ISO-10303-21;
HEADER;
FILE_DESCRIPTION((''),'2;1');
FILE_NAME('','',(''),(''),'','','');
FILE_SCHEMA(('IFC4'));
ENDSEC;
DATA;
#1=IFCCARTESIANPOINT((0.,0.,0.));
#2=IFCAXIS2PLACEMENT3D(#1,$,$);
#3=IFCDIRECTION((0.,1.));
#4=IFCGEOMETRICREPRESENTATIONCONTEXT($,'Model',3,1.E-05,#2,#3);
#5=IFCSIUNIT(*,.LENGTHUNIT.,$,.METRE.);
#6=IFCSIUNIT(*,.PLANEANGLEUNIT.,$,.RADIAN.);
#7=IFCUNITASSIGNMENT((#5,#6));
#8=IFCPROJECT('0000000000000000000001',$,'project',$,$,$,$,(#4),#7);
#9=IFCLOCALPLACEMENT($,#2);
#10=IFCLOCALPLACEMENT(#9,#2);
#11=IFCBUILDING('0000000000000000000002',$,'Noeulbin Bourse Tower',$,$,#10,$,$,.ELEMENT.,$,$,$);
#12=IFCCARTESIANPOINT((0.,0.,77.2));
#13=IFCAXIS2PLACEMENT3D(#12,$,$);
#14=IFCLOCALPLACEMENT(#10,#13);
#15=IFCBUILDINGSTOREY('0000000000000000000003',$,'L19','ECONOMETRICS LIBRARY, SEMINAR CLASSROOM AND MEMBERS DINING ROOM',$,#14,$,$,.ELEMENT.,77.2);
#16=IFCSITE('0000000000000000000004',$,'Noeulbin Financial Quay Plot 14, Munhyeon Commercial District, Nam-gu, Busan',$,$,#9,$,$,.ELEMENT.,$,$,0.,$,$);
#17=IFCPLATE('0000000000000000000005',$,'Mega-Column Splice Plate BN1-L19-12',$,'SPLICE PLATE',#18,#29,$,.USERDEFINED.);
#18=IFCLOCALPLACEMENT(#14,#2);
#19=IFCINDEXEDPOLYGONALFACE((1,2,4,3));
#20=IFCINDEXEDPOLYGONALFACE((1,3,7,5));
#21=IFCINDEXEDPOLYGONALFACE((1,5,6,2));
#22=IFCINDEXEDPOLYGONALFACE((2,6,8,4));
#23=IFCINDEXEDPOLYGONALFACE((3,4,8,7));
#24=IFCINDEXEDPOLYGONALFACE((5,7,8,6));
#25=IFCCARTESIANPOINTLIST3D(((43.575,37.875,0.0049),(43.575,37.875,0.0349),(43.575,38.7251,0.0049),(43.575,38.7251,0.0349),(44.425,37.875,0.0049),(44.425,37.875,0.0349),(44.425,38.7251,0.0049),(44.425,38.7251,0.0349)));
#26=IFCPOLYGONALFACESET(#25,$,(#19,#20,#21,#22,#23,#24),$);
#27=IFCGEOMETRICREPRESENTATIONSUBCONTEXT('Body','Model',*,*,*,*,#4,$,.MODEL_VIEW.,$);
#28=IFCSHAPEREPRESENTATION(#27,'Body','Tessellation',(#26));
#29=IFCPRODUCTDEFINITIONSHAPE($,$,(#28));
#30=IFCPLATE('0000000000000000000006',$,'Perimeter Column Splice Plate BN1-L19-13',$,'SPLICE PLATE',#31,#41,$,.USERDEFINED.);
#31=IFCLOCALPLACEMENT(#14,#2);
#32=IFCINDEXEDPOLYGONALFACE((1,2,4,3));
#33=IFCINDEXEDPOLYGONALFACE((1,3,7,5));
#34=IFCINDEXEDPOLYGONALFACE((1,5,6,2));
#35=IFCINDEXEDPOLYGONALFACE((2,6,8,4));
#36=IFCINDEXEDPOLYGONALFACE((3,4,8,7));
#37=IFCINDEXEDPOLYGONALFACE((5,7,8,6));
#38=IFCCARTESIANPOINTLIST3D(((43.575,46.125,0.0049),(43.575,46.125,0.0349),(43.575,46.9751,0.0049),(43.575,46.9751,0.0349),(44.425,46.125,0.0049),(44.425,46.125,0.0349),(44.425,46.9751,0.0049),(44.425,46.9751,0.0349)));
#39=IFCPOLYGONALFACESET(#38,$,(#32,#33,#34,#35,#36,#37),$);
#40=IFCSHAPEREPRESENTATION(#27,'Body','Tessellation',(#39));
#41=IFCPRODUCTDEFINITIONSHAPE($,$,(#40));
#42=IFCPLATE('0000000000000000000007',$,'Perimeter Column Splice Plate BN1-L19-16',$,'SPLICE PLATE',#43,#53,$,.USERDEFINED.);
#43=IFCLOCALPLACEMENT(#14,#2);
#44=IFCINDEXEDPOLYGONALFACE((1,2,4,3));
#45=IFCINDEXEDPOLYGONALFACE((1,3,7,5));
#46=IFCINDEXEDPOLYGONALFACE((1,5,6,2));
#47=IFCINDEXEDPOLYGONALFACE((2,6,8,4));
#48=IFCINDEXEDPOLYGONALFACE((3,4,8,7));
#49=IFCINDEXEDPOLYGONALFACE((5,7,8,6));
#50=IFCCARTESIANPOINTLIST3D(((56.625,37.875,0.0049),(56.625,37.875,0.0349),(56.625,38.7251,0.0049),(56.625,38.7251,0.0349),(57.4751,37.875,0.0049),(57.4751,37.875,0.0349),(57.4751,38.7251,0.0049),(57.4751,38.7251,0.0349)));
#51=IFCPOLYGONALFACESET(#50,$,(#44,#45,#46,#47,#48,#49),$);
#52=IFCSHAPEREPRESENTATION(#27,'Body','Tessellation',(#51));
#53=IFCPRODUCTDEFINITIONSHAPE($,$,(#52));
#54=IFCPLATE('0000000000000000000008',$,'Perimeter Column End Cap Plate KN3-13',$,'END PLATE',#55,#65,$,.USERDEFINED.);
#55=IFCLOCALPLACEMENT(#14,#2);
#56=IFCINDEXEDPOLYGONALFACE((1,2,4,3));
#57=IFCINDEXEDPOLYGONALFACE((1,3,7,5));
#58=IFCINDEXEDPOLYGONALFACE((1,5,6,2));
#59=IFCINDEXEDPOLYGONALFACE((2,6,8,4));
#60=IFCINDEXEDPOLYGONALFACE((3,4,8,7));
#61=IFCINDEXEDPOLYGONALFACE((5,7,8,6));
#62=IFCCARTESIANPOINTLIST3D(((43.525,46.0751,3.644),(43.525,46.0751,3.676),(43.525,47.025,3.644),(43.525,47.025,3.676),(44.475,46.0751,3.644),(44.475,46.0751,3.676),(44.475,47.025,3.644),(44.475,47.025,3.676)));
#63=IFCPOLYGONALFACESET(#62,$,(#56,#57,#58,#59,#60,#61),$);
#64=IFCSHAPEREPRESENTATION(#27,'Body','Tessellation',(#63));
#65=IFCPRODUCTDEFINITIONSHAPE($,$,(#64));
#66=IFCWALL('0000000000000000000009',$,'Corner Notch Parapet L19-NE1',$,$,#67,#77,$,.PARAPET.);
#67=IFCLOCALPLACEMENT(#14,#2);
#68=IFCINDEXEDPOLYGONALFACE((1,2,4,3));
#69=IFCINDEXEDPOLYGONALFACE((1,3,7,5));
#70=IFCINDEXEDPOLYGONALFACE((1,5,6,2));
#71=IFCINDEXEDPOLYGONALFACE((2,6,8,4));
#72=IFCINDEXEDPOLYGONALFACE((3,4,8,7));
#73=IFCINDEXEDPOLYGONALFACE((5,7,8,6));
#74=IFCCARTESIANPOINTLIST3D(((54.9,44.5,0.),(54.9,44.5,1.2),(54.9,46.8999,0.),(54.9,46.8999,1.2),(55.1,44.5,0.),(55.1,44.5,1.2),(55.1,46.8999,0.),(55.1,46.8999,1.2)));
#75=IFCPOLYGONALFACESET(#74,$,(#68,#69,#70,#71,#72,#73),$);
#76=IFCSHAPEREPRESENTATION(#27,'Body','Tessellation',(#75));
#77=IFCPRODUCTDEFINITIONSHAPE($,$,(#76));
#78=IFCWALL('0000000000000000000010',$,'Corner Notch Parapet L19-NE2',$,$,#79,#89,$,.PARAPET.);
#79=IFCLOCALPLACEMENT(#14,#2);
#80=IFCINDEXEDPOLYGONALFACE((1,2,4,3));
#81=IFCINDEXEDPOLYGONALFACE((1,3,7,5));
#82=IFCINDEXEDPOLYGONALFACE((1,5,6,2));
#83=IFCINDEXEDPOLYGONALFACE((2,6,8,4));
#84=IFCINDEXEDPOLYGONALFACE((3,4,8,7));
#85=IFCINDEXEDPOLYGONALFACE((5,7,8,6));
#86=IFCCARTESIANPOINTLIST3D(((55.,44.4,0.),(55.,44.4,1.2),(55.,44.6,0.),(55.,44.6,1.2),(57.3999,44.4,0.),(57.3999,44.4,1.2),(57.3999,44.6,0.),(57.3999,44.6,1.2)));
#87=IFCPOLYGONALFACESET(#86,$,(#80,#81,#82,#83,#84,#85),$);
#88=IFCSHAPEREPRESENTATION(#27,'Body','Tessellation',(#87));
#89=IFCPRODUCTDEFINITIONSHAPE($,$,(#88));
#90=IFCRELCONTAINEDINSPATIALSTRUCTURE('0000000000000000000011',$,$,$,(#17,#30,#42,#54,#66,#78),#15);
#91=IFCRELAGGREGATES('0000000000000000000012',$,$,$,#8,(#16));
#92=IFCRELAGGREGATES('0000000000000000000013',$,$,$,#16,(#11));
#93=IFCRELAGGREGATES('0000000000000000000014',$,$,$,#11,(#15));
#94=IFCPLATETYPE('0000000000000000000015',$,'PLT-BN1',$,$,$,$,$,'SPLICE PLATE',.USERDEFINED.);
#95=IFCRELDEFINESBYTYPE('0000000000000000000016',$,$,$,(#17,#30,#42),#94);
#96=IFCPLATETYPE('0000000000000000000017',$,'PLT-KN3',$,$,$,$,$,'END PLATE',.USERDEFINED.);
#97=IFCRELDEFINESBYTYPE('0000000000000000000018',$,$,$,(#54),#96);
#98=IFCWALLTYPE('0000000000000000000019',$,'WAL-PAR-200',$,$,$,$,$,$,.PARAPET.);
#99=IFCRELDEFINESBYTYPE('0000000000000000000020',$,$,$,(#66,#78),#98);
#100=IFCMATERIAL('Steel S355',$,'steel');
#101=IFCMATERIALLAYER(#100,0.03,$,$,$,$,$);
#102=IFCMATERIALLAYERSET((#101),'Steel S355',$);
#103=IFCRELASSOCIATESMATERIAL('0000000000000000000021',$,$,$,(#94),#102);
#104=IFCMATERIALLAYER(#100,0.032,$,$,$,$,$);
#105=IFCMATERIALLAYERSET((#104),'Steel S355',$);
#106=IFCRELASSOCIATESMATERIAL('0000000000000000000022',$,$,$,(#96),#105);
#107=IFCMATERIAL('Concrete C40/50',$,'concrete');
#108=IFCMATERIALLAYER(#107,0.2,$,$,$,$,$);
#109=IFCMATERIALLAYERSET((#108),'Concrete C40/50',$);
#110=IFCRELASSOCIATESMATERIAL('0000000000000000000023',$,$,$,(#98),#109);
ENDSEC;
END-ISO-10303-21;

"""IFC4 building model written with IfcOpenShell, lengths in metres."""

from ifc_helpers import new_model, si_unit, direction, frame, frame_2d, origin, origin_2d, place, context, subcontext, project, spatial, rectangle, extrude, material, layer, layer_set, type_object, element, save


model = new_model("IFC4")

# Units and contexts
model_context = context("Model", 3, precision=1e-05, world=origin(), true_north=direction((0.0, 1.0)))
body_context = subcontext(model_context, "Body", "Model", "MODEL_VIEW")
ifc_project = project(units=[si_unit("LENGTHUNIT", "METRE"), si_unit("PLANEANGLEUNIT", "RADIAN")], contexts=[model_context])

# Site, building, storey
site_placement = place(None, origin())
site = spatial("IfcSite", under=ifc_project, at=site_placement, Name="Noeulbin Financial Quay Plot 14, Munhyeon Commercial District, Nam-gu, Busan", CompositionType="ELEMENT", RefElevation=0.0)
building_placement = place(site_placement, origin())
building = spatial("IfcBuilding", under=site, at=building_placement, Name="Noeulbin Bourse Tower", CompositionType="ELEMENT")
storey_placement = place(building_placement, frame((0.0, 0.0, 77.2)))
storey = spatial("IfcBuildingStorey", under=building, at=storey_placement, Name="L19", Description="ECONOMETRICS LIBRARY, SEMINAR CLASSROOM AND MEMBERS DINING ROOM", CompositionType="ELEMENT", Elevation=77.2)

# Shared definitions
ifc_material_1 = material(Name="Steel S355", Category="steel")

# Plates
ifc_layer_1 = layer(ifc_material_1, 0.03)
ifc_layer_set_1 = layer_set([ifc_layer_1], Name="Steel S355")
plate_type_1 = type_object("IfcPlateType", Name="PLT-BN1", ElementType="SPLICE PLATE", PredefinedType="USERDEFINED", material=ifc_layer_set_1)
for number, where, z_axis, x_axis, name in (
    (1, (44.0, 38.3, 0.0049), (0.0, 0.0, 1.0), (1.0, 0.0, 0.0), "Mega-Column Splice Plate BN1-L19-12"),
    (2, (44.0, 46.55, 0.0049), (0.0, 0.0, 1.0), (1.0, 0.0, 0.0), "Perimeter Column Splice Plate BN1-L19-13"),
    (3, (57.05, 38.3, 0.0049), (0.0, 0.0, 1.0), (1.0, 0.0, 0.0), "Perimeter Column Splice Plate BN1-L19-16"),
):
    element("IfcPlate", number, at=place(storey_placement, frame(where, z_axis=z_axis, x_axis=x_axis)), inside=storey, type_object=plate_type_1, Name=name, ObjectType="SPLICE PLATE", PredefinedType="USERDEFINED", context=body_context, shape_type="SweptSolid", body=[
        extrude(rectangle(XDim=0.8501, YDim=0.8501, at=origin_2d()), origin(), (0.0, 0.0, 1.0), 0.03),
    ])
ifc_layer_2 = layer(ifc_material_1, 0.032)
ifc_layer_set_2 = layer_set([ifc_layer_2], Name="Steel S355")
plate_type_2 = type_object("IfcPlateType", Name="PLT-KN3", ElementType="END PLATE", PredefinedType="USERDEFINED", material=ifc_layer_set_2)
plate_1_placement = place(storey_placement, frame((44.0, 46.55, 3.644), z_axis=(0.0, 0.0, 1.0), x_axis=(1.0, 0.0, 0.0)))
element("IfcPlate", 4, at=plate_1_placement, inside=storey, type_object=plate_type_2, Name="Perimeter Column End Cap Plate KN3-13", ObjectType="END PLATE", PredefinedType="USERDEFINED", context=body_context, shape_type="SweptSolid", body=[
    extrude(rectangle(XDim=0.95, YDim=0.95, at=origin_2d()), origin(), (0.0, 0.0, 1.0), 0.032),
])

# Walls
ifc_material_2 = material(Name="Concrete C40/50", Category="concrete")
ifc_layer_3 = layer(ifc_material_2, 0.2)
ifc_layer_set_3 = layer_set([ifc_layer_3], Name="Concrete C40/50")
wall_type = type_object("IfcWallType", Name="WAL-PAR-200", PredefinedType="PARAPET", material=ifc_layer_set_3)
for number, where, z_axis, x_axis, name in (
    (5, (55.0, 46.8999, 0.0), (0.0, 0.0, 1.0), (0.0, -1.0, 0.0), "Corner Notch Parapet L19-NE1"),
    (6, (55.0, 44.5, 0.0), (0.0, 0.0, 1.0), (1.0, 0.0, 0.0), "Corner Notch Parapet L19-NE2"),
):
    element("IfcWall", number, at=place(storey_placement, frame(where, z_axis=z_axis, x_axis=x_axis)), inside=storey, type_object=wall_type, Name=name, PredefinedType="PARAPET", context=body_context, shape_type="SweptSolid", body=[
        extrude(rectangle(XDim=2.3999, YDim=0.2, at=frame_2d((1.2, 0.0))), origin(), (0.0, 0.0, 1.0), 1.2),
    ])

save(model, "model.ifc")
